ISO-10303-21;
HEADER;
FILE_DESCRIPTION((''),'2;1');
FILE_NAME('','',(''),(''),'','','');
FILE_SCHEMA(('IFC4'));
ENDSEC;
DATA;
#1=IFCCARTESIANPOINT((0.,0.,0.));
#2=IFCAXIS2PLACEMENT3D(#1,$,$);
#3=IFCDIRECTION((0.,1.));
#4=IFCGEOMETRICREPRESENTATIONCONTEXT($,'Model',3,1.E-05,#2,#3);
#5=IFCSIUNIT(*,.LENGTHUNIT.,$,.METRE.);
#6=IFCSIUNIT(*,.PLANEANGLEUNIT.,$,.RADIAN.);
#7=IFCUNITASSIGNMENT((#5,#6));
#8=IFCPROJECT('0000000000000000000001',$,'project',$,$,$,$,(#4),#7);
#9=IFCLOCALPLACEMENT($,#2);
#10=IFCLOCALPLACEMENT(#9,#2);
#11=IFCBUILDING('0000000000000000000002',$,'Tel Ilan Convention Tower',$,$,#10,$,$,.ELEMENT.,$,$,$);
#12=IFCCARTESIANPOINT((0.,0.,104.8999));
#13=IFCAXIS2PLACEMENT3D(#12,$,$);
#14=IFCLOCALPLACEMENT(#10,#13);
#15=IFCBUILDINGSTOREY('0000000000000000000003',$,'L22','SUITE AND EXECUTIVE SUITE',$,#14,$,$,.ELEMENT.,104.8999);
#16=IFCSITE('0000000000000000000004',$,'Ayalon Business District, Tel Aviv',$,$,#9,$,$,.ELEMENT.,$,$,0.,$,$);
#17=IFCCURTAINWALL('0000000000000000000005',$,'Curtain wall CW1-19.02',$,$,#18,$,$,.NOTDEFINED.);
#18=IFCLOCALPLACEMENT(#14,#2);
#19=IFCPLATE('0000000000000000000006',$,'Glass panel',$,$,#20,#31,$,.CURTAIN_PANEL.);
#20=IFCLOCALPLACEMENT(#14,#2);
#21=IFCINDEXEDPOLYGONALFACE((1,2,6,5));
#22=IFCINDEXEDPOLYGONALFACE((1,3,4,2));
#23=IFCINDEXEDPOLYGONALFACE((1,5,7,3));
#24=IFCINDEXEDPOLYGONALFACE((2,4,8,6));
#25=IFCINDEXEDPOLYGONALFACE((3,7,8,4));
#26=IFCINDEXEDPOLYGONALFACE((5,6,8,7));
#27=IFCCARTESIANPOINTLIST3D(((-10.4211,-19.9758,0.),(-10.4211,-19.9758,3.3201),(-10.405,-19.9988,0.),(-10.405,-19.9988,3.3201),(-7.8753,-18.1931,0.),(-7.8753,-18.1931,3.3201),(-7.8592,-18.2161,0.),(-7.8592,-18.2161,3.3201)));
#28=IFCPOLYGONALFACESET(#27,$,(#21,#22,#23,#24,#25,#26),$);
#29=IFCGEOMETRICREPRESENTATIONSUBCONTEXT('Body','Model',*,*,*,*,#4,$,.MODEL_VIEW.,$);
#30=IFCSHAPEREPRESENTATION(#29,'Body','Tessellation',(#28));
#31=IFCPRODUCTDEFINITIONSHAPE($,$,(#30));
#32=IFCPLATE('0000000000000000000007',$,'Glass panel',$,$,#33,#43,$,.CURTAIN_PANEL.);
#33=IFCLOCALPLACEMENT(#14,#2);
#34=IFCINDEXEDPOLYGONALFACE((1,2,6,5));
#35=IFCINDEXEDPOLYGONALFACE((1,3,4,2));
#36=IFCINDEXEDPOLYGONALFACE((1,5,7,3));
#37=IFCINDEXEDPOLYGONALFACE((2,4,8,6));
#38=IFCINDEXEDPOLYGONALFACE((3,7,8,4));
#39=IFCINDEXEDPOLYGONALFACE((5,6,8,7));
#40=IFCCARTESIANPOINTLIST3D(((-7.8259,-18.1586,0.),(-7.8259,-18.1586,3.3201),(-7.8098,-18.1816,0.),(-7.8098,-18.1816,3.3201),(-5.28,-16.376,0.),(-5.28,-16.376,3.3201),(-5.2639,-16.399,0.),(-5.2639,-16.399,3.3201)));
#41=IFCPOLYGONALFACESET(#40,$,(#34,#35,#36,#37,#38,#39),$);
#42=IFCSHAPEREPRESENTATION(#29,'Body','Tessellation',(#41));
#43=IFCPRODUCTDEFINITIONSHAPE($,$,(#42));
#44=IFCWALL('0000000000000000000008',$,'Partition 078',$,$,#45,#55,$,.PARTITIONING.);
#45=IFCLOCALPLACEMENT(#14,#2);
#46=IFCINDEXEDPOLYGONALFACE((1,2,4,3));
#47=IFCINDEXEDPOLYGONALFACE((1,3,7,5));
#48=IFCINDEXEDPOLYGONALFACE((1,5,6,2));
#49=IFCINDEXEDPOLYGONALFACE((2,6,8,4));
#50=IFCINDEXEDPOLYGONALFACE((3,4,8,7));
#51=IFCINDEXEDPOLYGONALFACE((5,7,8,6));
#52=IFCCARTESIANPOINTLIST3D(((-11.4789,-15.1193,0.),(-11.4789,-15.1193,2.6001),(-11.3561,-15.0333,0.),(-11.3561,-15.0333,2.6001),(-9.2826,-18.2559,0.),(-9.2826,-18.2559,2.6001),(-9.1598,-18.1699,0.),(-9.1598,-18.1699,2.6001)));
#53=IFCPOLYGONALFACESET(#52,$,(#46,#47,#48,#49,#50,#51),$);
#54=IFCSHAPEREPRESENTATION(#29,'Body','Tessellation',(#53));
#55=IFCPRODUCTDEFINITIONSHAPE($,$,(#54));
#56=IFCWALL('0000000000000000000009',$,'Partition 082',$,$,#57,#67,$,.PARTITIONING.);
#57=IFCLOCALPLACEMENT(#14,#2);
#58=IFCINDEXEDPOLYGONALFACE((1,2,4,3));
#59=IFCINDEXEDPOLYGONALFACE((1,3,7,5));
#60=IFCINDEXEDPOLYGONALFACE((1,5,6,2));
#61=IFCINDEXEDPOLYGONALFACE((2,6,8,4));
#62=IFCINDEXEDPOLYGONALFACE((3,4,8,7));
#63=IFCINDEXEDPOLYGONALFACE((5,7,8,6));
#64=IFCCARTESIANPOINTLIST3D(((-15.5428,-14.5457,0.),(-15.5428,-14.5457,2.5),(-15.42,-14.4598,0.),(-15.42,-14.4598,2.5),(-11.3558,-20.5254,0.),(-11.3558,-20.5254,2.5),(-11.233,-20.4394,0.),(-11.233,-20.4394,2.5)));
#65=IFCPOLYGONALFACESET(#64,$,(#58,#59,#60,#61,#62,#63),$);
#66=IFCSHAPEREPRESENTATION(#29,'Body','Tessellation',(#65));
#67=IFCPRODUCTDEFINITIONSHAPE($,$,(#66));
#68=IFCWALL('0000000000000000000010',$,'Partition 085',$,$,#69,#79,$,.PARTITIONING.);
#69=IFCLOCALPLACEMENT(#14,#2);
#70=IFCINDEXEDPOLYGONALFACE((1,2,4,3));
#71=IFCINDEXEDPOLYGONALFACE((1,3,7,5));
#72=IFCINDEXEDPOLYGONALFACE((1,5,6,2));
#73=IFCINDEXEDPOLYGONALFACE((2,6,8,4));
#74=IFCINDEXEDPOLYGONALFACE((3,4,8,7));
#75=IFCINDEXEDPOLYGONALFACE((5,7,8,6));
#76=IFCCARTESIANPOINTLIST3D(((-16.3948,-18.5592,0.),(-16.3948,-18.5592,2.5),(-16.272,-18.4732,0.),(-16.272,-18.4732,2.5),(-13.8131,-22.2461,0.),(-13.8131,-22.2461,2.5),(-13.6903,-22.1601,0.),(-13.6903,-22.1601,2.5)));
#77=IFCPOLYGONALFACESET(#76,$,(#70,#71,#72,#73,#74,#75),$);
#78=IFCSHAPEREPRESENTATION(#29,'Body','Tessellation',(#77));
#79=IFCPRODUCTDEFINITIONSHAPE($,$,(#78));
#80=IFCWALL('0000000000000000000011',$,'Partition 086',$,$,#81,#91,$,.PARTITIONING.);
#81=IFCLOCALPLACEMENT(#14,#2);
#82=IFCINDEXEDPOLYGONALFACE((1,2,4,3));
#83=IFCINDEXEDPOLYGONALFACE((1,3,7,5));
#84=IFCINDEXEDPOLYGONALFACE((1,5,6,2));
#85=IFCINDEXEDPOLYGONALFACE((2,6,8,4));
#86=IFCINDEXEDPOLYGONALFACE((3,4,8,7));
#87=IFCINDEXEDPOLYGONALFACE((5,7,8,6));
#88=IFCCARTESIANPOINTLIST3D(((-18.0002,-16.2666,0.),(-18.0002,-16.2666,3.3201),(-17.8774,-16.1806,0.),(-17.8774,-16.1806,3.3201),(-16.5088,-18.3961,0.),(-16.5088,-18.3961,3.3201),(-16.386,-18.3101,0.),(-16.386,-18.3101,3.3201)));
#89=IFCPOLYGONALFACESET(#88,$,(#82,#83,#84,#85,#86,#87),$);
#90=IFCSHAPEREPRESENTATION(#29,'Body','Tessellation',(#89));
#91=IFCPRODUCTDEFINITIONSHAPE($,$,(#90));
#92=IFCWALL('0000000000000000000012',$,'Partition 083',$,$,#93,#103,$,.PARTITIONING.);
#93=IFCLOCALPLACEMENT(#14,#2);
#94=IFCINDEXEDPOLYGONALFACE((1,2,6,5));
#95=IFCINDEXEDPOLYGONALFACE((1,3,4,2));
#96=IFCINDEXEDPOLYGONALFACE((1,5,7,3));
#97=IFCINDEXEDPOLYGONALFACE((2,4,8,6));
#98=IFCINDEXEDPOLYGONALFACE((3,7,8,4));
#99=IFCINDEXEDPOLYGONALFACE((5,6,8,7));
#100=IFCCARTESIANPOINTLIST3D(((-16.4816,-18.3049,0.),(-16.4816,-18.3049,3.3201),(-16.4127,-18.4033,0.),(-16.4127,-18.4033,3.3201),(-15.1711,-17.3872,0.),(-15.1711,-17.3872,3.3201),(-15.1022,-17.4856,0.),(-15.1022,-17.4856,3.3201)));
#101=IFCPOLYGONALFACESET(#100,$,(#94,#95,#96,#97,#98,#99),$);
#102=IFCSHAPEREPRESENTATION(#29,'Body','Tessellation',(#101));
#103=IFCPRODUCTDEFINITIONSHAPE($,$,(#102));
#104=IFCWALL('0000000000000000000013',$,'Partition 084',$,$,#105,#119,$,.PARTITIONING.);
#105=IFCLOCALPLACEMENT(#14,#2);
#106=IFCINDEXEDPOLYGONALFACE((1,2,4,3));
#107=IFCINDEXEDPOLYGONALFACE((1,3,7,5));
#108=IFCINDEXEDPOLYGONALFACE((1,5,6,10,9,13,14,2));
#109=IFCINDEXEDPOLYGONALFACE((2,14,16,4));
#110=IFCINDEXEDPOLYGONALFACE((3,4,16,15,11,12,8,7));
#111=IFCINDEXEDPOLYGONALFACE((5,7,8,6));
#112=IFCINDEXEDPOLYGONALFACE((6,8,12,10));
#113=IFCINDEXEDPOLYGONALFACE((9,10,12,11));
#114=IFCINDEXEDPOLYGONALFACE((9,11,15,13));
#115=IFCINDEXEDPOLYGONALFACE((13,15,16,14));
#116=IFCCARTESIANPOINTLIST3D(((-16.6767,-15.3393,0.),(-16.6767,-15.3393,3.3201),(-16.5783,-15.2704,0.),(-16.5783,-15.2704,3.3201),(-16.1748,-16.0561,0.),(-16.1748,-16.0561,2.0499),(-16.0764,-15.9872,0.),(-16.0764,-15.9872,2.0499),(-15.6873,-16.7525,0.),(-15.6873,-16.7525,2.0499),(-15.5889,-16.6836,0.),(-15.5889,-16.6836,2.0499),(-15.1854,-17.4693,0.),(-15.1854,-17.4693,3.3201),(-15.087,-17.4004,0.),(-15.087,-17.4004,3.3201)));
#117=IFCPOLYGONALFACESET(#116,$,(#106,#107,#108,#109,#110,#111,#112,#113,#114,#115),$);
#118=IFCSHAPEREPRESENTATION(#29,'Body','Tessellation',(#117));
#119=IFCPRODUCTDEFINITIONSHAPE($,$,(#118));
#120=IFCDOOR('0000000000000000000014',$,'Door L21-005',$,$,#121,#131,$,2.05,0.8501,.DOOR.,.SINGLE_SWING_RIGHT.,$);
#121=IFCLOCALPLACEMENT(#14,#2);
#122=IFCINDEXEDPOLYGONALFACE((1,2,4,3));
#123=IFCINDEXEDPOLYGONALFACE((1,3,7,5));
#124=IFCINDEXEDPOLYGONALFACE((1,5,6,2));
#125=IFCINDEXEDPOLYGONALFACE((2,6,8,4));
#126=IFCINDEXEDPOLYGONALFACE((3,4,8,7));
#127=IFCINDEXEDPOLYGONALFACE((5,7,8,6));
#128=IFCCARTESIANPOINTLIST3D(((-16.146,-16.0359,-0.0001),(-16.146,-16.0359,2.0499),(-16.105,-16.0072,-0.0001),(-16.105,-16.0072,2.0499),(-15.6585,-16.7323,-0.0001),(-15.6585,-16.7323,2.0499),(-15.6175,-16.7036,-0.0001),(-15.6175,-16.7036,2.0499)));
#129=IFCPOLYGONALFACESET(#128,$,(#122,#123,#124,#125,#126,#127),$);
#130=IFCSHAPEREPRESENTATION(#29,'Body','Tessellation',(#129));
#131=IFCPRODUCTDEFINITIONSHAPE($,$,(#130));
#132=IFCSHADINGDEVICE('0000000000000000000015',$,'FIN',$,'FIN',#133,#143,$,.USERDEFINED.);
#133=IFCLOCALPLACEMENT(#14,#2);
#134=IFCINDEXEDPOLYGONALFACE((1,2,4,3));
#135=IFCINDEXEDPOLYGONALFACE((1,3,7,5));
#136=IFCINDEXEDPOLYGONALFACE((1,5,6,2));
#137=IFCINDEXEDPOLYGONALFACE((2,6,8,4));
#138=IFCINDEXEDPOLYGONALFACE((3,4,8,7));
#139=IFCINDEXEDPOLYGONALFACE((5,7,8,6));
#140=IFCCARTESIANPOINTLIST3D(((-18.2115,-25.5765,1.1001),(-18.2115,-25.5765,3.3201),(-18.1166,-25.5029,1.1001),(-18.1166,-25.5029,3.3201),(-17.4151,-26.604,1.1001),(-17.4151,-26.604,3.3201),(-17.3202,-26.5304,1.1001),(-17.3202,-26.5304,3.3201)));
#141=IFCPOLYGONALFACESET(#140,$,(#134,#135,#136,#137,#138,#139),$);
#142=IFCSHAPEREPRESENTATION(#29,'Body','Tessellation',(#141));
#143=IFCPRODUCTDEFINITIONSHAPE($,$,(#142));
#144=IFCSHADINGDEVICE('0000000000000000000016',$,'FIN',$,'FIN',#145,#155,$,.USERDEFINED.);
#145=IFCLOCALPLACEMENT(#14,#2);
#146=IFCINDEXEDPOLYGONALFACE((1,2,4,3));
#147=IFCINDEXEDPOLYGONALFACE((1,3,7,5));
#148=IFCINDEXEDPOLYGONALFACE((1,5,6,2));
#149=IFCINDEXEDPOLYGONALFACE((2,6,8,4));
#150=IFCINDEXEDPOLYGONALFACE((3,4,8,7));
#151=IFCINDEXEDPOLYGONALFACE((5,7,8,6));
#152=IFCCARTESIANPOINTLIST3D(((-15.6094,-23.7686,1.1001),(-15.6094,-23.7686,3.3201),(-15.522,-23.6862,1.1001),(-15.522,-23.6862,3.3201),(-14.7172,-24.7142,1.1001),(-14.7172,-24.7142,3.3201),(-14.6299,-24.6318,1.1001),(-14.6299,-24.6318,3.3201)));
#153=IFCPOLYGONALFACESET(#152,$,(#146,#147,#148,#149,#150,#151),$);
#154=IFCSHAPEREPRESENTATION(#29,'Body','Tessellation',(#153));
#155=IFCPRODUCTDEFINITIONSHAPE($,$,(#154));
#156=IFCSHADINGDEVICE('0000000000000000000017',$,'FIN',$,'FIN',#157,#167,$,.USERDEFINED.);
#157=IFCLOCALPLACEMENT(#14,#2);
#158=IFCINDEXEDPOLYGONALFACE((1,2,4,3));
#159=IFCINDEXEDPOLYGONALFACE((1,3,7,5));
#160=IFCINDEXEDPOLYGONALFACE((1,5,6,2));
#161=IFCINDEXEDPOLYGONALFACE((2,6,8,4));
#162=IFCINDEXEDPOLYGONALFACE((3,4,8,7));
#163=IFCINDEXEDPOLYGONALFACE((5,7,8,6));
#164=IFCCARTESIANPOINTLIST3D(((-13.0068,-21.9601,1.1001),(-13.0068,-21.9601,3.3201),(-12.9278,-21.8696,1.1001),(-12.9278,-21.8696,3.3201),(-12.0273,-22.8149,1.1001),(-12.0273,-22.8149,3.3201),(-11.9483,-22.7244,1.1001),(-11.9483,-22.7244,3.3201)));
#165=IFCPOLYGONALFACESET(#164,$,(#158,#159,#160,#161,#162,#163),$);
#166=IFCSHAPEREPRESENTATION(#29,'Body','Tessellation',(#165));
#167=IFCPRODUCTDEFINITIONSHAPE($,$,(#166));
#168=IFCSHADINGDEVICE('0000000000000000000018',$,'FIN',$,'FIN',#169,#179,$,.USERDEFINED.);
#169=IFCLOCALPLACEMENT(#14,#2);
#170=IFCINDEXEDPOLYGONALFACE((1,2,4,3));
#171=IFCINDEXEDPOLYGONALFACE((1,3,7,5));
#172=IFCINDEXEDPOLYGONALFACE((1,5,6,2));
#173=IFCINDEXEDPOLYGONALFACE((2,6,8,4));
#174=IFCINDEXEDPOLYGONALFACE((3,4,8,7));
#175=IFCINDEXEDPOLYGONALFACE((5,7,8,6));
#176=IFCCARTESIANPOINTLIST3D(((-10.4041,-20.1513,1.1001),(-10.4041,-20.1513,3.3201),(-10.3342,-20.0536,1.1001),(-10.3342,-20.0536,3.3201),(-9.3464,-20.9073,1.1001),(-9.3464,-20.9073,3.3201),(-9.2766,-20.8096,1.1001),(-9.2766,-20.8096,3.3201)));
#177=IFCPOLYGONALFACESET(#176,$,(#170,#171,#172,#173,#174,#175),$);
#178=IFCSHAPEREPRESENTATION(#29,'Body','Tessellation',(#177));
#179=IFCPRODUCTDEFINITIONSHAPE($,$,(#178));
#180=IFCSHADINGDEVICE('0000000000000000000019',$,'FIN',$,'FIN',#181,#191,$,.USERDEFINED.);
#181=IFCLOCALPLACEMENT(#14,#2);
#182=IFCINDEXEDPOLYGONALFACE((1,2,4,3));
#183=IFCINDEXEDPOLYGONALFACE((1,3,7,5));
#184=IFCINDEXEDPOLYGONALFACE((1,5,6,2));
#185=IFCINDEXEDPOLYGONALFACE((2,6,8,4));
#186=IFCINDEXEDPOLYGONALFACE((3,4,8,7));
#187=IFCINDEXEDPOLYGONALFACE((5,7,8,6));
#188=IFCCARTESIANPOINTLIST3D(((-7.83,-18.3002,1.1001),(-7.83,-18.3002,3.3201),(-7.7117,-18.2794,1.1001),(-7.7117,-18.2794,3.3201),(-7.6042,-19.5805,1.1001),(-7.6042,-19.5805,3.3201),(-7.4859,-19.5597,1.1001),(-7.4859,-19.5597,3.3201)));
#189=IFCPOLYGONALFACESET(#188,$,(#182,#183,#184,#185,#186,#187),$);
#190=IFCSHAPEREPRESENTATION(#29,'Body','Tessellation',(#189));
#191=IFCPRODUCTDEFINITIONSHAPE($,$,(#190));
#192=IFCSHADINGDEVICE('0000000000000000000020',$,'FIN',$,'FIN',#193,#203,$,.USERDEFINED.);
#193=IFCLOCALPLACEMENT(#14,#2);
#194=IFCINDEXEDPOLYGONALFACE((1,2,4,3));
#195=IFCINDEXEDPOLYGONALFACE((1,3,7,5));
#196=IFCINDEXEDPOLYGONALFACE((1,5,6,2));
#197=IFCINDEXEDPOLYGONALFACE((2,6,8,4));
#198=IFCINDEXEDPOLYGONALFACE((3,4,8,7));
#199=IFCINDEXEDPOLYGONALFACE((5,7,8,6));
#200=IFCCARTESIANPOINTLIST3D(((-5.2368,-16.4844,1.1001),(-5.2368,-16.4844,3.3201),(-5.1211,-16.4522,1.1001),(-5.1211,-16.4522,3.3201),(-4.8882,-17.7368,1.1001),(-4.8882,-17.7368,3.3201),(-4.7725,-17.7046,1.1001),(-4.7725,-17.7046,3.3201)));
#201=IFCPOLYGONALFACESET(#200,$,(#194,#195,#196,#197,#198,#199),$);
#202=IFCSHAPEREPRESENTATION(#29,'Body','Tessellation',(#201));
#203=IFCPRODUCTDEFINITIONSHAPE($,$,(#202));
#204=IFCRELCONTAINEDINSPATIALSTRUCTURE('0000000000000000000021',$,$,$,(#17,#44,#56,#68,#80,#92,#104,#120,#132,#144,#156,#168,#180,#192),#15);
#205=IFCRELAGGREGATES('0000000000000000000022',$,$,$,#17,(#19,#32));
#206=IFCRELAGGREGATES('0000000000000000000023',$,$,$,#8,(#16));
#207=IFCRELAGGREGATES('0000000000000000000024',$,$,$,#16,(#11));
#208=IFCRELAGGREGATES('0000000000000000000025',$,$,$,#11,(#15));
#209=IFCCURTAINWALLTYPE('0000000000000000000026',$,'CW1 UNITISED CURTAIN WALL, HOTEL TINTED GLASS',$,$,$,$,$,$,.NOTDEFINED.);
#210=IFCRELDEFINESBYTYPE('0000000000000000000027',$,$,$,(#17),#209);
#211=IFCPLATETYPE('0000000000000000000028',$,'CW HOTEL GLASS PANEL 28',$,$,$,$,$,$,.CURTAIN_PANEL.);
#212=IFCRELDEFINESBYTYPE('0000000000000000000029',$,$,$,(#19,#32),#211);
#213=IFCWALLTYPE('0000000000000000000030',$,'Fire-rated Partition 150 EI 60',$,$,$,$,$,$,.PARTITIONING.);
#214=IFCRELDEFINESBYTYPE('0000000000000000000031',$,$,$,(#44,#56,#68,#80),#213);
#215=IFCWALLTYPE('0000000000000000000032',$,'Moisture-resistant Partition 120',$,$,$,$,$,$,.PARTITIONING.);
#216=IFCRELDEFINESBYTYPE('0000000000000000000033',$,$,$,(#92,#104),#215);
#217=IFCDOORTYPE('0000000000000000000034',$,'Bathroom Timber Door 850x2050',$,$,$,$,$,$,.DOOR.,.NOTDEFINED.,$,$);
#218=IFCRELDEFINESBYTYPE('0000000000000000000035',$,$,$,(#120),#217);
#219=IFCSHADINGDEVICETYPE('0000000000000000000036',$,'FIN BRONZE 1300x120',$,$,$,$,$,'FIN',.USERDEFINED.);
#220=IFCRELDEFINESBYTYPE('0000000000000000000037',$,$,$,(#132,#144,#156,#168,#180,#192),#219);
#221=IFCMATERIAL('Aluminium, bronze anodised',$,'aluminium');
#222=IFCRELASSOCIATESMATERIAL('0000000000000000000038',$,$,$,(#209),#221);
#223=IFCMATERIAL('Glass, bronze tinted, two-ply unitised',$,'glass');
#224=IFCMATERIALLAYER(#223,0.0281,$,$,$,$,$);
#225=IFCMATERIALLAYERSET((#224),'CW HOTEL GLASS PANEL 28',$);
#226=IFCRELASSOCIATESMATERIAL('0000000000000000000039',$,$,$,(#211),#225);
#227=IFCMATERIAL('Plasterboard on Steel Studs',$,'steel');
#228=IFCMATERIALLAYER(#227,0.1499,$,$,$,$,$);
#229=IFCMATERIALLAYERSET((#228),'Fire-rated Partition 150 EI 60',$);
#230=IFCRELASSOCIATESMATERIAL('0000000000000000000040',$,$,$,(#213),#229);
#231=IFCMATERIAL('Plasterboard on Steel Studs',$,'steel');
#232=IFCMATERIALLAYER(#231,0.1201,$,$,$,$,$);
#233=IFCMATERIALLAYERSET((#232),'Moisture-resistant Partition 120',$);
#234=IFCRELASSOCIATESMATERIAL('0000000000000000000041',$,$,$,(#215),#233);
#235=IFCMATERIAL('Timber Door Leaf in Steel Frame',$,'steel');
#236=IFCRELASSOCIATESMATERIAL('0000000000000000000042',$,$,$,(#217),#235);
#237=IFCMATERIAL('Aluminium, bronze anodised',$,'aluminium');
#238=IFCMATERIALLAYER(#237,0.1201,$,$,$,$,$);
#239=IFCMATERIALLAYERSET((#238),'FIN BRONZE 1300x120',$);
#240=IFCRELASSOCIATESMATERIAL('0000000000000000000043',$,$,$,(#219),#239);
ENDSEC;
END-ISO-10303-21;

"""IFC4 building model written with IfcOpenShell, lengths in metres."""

from ifc_helpers import new_model, si_unit, direction, frame, frame_2d, origin, origin_2d, place, context, subcontext, project, spatial, rectangle, extrude, material, layer, layer_set, type_object, element, fill, aggregate, save


model = new_model("IFC4")

# Units and contexts
model_context = context("Model", 3, precision=1e-05, world=origin(), true_north=direction((0.0, 1.0)))
body_context = subcontext(model_context, "Body", "Model", "MODEL_VIEW")
ifc_project = project(units=[si_unit("LENGTHUNIT", "METRE"), si_unit("PLANEANGLEUNIT", "RADIAN")], contexts=[model_context])

# Site, building, storey
site_placement = place(None, origin())
site = spatial("IfcSite", under=ifc_project, at=site_placement, Name="Ayalon Business District, Tel Aviv", CompositionType="ELEMENT", RefElevation=0.0)
building_placement = place(site_placement, origin())
building = spatial("IfcBuilding", under=site, at=building_placement, Name="Tel Ilan Convention Tower", CompositionType="ELEMENT")
storey_placement = place(building_placement, frame((0.0, 0.0, 104.8999)))
storey = spatial("IfcBuildingStorey", under=building, at=storey_placement, Name="L22", Description="SUITE AND EXECUTIVE SUITE", CompositionType="ELEMENT", Elevation=104.8999)

# Curtain wall, plates
ifc_material_1 = material(Name="Aluminium, bronze anodised", Category="aluminium")
curtain_wall_type = type_object("IfcCurtainWallType", Name="CW1 UNITISED CURTAIN WALL, HOTEL TINTED GLASS", PredefinedType="NOTDEFINED", material=ifc_material_1)
curtain_wall_placement = place(storey_placement, origin())
curtain_wall = element("IfcCurtainWall", 1, at=curtain_wall_placement, inside=storey, type_object=curtain_wall_type, Name="Curtain wall CW1-19.02", PredefinedType="NOTDEFINED")
ifc_material_2 = material(Name="Glass, bronze tinted, two-ply unitised", Category="glass")
ifc_layer_1 = layer(ifc_material_2, 0.0281)
ifc_layer_set_1 = layer_set([ifc_layer_1], Name="CW HOTEL GLASS PANEL 28")
plate_type = type_object("IfcPlateType", Name="CW HOTEL GLASS PANEL 28", PredefinedType="CURTAIN_PANEL", material=ifc_layer_set_1)
plate_1_placement = place(storey_placement, frame((-9.1401, -19.0959, 0.0), z_axis=(0.0, 0.0, 1.0), x_axis=(0.819152, 0.573576, 0.0)))
plate_1 = element("IfcPlate", 2, at=plate_1_placement, type_object=plate_type, Name="Glass panel", PredefinedType="CURTAIN_PANEL", context=body_context, shape_type="SweptSolid", body=[
    extrude(rectangle(XDim=3.1079, YDim=0.0281, at=origin_2d()), origin(), (0.0, 0.0, 1.0), 3.3201),
])
plate_2_placement = place(storey_placement, frame((-6.5449, -17.2788, 0.0), z_axis=(0.0, 0.0, 1.0), x_axis=(0.819152, 0.573576, 0.0)))
plate_2 = element("IfcPlate", 3, at=plate_2_placement, type_object=plate_type, Name="Glass panel", PredefinedType="CURTAIN_PANEL", context=body_context, shape_type="SweptSolid", body=[
    extrude(rectangle(XDim=3.1079, YDim=0.0281, at=origin_2d()), origin(), (0.0, 0.0, 1.0), 3.3201),
])
aggregate(curtain_wall, [plate_1, plate_2])

# Walls
ifc_material_3 = material(Name="Plasterboard on Steel Studs", Category="steel")
ifc_layer_2 = layer(ifc_material_3, 0.1499)
ifc_layer_set_2 = layer_set([ifc_layer_2], Name="Fire-rated Partition 150 EI 60")
wall_type_1 = type_object("IfcWallType", Name="Fire-rated Partition 150 EI 60", PredefinedType="PARTITIONING", material=ifc_layer_set_2)
wall_1_placement = place(storey_placement, frame((-9.2212, -18.2129, 0.0), z_axis=(0.0, 0.0, 1.0), x_axis=(-0.573595, 0.819139, 0.0)))
element("IfcWall", 4, at=wall_1_placement, inside=storey, type_object=wall_type_1, Name="Partition 078", PredefinedType="PARTITIONING", context=body_context, shape_type="SweptSolid", body=[
    extrude(rectangle(XDim=3.8291, YDim=0.1499, at=frame_2d((1.9146, 0.0))), origin(), (0.0, 0.0, 1.0), 2.6001),
])
wall_2_placement = place(storey_placement, frame((-11.2944, -20.4824, 0.0), z_axis=(0.0, 0.0, 1.0), x_axis=(-0.573572, 0.819155, 0.0)))
element("IfcWall", 5, at=wall_2_placement, inside=storey, type_object=wall_type_1, Name="Partition 082", PredefinedType="PARTITIONING", context=body_context, shape_type="SweptSolid", body=[
    extrude(rectangle(XDim=7.2998, YDim=0.1499, at=frame_2d((3.6499, 0.0))), origin(), (0.0, 0.0, 1.0), 2.5),
])
wall_3_placement = place(storey_placement, frame((-13.7517, -22.2031, 0.0), z_axis=(0.0, 0.0, 1.0), x_axis=(-0.573593, 0.81914, 0.0)))
element("IfcWall", 6, at=wall_3_placement, inside=storey, type_object=wall_type_1, Name="Partition 085", PredefinedType="PARTITIONING", context=body_context, shape_type="SweptSolid", body=[
    extrude(rectangle(XDim=4.501, YDim=0.1499, at=frame_2d((2.2505, 0.0))), origin(), (0.0, 0.0, 1.0), 2.5),
])
wall_4_placement = place(storey_placement, frame((-16.4475, -18.353, 0.0), z_axis=(0.0, 0.0, 1.0), x_axis=(-0.573645, 0.819104, 0.0)))
element("IfcWall", 7, at=wall_4_placement, inside=storey, type_object=wall_type_1, Name="Partition 086", PredefinedType="PARTITIONING", context=body_context, shape_type="SweptSolid", body=[
    extrude(rectangle(XDim=2.5999, YDim=0.1499, at=frame_2d((1.2998, 0.0))), origin(), (0.0, 0.0, 1.0), 3.3201),
])
ifc_material_4 = material(Name="Plasterboard on Steel Studs", Category="steel")
ifc_layer_3 = layer(ifc_material_4, 0.1201)
ifc_layer_set_3 = layer_set([ifc_layer_3], Name="Moisture-resistant Partition 120")
wall_type_2 = type_object("IfcWallType", Name="Moisture-resistant Partition 120", PredefinedType="PARTITIONING", material=ifc_layer_set_3)
wall_5_placement = place(storey_placement, frame((-16.447, -18.354, 0.0), z_axis=(0.0, 0.0, 1.0), x_axis=(0.819132, 0.573606, 0.0)))
element("IfcWall", 8, at=wall_5_placement, inside=storey, type_object=wall_type_2, Name="Partition 083", PredefinedType="PARTITIONING", context=body_context, shape_type="SweptSolid", body=[
    extrude(rectangle(XDim=1.5999, YDim=0.1201, at=frame_2d((0.7998, 0.0))), origin(), (0.0, 0.0, 1.0), 3.3201),
])

# Wall, opening, door
wall_6_placement = place(storey_placement, frame((-15.1362, -17.4348, 0.0), z_axis=(0.0, 0.0, 1.0), x_axis=(-0.573538, 0.819179, 0.0)))
wall_6 = element("IfcWall", 9, at=wall_6_placement, inside=storey, type_object=wall_type_2, Name="Partition 084", PredefinedType="PARTITIONING", context=body_context, shape_type="SweptSolid", body=[
    extrude(rectangle(XDim=2.6001, YDim=0.1201, at=frame_2d((1.3, 0.0))), origin(), (0.0, 0.0, 1.0), 3.3201),
])
opening_placement = place(wall_6_placement, frame((0.875, 0.0, 0.0)))
opening = element("IfcOpeningElement", 10, at=opening_placement, cuts=wall_6, PredefinedType="OPENING", context=body_context, shape_type="SweptSolid", body=[
    extrude(rectangle(XDim=0.8501, YDim=2.05, at=frame_2d((0.425, 1.0249))), frame((0.0, 0.0701, 0.0), z_axis=(0.0, -1.0, 0.0), x_axis=(1.0, 0.0, 0.0)), (0.0, 0.0, 1.0), 0.1401),
])
ifc_material_5 = material(Name="Timber Door Leaf in Steel Frame", Category="steel")
door_type = type_object("IfcDoorType", Name="Bathroom Timber Door 850x2050", OperationType="NOTDEFINED", PredefinedType="DOOR", material=ifc_material_5)
door_placement = place(opening_placement, origin())
door = element("IfcDoor", 11, at=door_placement, inside=storey, type_object=door_type, Name="Door L21-005", OperationType="SINGLE_SWING_RIGHT", OverallHeight=2.05, OverallWidth=0.8501, PredefinedType="DOOR", context=body_context, shape_type="SweptSolid", body=[
    extrude(rectangle(XDim=0.8501, YDim=2.05, at=frame_2d((0.425, 1.0249))), frame((0.0, 0.0249, 0.0), z_axis=(0.0, -1.0, 0.0), x_axis=(1.0, 0.0, 0.0)), (0.0, 0.0, 1.0), 0.05),
])
fill(opening, door)

# Shading devices
ifc_material_6 = material(Name="Aluminium, bronze anodised", Category="aluminium")
ifc_layer_4 = layer(ifc_material_6, 0.1201)
ifc_layer_set_4 = layer_set([ifc_layer_4], Name="FIN BRONZE 1300x120")
shading_device_type = type_object("IfcShadingDeviceType", Name="FIN BRONZE 1300x120", ElementType="FIN", PredefinedType="USERDEFINED", material=ifc_layer_set_4)
for number, where, z_axis, x_axis, name in (
    (12, (-17.7659, -26.0535, 1.1001), (0.0, 0.0, 1.0), (0.612601, -0.790393, 0.0), "FIN"),
    (13, (-15.1196, -24.2002, 1.1001), (0.0, 0.0, 1.0), (0.686242, -0.727374, 0.0), "FIN"),
    (14, (-12.4775, -22.3423, 1.1001), (0.0, 0.0, 1.0), (0.753436, -0.657521, 0.0), "FIN"),
    (15, (-9.8403, -20.4805, 1.1001), (0.0, 0.0, 1.0), (0.813552, -0.581492, 0.0), "FIN"),
    (16, (-7.658, -18.9299, 1.1001), (0.0, 0.0, 1.0), (0.173648, -0.984808, 0.0), "FIN"),
    (17, (-5.0046, -17.0945, 1.1001), (0.0, 0.0, 1.0), (0.268173, -0.963371, 0.0), "FIN"),
):
    element("IfcShadingDevice", number, at=place(storey_placement, frame(where, z_axis=z_axis, x_axis=x_axis)), inside=storey, type_object=shading_device_type, Name=name, ObjectType="FIN", PredefinedType="USERDEFINED", context=body_context, shape_type="SweptSolid", body=[
        extrude(rectangle(XDim=1.3, YDim=0.1201, at=origin_2d()), origin(), (0.0, 0.0, 1.0), 2.22),
    ])

save(model, "model.ifc")
